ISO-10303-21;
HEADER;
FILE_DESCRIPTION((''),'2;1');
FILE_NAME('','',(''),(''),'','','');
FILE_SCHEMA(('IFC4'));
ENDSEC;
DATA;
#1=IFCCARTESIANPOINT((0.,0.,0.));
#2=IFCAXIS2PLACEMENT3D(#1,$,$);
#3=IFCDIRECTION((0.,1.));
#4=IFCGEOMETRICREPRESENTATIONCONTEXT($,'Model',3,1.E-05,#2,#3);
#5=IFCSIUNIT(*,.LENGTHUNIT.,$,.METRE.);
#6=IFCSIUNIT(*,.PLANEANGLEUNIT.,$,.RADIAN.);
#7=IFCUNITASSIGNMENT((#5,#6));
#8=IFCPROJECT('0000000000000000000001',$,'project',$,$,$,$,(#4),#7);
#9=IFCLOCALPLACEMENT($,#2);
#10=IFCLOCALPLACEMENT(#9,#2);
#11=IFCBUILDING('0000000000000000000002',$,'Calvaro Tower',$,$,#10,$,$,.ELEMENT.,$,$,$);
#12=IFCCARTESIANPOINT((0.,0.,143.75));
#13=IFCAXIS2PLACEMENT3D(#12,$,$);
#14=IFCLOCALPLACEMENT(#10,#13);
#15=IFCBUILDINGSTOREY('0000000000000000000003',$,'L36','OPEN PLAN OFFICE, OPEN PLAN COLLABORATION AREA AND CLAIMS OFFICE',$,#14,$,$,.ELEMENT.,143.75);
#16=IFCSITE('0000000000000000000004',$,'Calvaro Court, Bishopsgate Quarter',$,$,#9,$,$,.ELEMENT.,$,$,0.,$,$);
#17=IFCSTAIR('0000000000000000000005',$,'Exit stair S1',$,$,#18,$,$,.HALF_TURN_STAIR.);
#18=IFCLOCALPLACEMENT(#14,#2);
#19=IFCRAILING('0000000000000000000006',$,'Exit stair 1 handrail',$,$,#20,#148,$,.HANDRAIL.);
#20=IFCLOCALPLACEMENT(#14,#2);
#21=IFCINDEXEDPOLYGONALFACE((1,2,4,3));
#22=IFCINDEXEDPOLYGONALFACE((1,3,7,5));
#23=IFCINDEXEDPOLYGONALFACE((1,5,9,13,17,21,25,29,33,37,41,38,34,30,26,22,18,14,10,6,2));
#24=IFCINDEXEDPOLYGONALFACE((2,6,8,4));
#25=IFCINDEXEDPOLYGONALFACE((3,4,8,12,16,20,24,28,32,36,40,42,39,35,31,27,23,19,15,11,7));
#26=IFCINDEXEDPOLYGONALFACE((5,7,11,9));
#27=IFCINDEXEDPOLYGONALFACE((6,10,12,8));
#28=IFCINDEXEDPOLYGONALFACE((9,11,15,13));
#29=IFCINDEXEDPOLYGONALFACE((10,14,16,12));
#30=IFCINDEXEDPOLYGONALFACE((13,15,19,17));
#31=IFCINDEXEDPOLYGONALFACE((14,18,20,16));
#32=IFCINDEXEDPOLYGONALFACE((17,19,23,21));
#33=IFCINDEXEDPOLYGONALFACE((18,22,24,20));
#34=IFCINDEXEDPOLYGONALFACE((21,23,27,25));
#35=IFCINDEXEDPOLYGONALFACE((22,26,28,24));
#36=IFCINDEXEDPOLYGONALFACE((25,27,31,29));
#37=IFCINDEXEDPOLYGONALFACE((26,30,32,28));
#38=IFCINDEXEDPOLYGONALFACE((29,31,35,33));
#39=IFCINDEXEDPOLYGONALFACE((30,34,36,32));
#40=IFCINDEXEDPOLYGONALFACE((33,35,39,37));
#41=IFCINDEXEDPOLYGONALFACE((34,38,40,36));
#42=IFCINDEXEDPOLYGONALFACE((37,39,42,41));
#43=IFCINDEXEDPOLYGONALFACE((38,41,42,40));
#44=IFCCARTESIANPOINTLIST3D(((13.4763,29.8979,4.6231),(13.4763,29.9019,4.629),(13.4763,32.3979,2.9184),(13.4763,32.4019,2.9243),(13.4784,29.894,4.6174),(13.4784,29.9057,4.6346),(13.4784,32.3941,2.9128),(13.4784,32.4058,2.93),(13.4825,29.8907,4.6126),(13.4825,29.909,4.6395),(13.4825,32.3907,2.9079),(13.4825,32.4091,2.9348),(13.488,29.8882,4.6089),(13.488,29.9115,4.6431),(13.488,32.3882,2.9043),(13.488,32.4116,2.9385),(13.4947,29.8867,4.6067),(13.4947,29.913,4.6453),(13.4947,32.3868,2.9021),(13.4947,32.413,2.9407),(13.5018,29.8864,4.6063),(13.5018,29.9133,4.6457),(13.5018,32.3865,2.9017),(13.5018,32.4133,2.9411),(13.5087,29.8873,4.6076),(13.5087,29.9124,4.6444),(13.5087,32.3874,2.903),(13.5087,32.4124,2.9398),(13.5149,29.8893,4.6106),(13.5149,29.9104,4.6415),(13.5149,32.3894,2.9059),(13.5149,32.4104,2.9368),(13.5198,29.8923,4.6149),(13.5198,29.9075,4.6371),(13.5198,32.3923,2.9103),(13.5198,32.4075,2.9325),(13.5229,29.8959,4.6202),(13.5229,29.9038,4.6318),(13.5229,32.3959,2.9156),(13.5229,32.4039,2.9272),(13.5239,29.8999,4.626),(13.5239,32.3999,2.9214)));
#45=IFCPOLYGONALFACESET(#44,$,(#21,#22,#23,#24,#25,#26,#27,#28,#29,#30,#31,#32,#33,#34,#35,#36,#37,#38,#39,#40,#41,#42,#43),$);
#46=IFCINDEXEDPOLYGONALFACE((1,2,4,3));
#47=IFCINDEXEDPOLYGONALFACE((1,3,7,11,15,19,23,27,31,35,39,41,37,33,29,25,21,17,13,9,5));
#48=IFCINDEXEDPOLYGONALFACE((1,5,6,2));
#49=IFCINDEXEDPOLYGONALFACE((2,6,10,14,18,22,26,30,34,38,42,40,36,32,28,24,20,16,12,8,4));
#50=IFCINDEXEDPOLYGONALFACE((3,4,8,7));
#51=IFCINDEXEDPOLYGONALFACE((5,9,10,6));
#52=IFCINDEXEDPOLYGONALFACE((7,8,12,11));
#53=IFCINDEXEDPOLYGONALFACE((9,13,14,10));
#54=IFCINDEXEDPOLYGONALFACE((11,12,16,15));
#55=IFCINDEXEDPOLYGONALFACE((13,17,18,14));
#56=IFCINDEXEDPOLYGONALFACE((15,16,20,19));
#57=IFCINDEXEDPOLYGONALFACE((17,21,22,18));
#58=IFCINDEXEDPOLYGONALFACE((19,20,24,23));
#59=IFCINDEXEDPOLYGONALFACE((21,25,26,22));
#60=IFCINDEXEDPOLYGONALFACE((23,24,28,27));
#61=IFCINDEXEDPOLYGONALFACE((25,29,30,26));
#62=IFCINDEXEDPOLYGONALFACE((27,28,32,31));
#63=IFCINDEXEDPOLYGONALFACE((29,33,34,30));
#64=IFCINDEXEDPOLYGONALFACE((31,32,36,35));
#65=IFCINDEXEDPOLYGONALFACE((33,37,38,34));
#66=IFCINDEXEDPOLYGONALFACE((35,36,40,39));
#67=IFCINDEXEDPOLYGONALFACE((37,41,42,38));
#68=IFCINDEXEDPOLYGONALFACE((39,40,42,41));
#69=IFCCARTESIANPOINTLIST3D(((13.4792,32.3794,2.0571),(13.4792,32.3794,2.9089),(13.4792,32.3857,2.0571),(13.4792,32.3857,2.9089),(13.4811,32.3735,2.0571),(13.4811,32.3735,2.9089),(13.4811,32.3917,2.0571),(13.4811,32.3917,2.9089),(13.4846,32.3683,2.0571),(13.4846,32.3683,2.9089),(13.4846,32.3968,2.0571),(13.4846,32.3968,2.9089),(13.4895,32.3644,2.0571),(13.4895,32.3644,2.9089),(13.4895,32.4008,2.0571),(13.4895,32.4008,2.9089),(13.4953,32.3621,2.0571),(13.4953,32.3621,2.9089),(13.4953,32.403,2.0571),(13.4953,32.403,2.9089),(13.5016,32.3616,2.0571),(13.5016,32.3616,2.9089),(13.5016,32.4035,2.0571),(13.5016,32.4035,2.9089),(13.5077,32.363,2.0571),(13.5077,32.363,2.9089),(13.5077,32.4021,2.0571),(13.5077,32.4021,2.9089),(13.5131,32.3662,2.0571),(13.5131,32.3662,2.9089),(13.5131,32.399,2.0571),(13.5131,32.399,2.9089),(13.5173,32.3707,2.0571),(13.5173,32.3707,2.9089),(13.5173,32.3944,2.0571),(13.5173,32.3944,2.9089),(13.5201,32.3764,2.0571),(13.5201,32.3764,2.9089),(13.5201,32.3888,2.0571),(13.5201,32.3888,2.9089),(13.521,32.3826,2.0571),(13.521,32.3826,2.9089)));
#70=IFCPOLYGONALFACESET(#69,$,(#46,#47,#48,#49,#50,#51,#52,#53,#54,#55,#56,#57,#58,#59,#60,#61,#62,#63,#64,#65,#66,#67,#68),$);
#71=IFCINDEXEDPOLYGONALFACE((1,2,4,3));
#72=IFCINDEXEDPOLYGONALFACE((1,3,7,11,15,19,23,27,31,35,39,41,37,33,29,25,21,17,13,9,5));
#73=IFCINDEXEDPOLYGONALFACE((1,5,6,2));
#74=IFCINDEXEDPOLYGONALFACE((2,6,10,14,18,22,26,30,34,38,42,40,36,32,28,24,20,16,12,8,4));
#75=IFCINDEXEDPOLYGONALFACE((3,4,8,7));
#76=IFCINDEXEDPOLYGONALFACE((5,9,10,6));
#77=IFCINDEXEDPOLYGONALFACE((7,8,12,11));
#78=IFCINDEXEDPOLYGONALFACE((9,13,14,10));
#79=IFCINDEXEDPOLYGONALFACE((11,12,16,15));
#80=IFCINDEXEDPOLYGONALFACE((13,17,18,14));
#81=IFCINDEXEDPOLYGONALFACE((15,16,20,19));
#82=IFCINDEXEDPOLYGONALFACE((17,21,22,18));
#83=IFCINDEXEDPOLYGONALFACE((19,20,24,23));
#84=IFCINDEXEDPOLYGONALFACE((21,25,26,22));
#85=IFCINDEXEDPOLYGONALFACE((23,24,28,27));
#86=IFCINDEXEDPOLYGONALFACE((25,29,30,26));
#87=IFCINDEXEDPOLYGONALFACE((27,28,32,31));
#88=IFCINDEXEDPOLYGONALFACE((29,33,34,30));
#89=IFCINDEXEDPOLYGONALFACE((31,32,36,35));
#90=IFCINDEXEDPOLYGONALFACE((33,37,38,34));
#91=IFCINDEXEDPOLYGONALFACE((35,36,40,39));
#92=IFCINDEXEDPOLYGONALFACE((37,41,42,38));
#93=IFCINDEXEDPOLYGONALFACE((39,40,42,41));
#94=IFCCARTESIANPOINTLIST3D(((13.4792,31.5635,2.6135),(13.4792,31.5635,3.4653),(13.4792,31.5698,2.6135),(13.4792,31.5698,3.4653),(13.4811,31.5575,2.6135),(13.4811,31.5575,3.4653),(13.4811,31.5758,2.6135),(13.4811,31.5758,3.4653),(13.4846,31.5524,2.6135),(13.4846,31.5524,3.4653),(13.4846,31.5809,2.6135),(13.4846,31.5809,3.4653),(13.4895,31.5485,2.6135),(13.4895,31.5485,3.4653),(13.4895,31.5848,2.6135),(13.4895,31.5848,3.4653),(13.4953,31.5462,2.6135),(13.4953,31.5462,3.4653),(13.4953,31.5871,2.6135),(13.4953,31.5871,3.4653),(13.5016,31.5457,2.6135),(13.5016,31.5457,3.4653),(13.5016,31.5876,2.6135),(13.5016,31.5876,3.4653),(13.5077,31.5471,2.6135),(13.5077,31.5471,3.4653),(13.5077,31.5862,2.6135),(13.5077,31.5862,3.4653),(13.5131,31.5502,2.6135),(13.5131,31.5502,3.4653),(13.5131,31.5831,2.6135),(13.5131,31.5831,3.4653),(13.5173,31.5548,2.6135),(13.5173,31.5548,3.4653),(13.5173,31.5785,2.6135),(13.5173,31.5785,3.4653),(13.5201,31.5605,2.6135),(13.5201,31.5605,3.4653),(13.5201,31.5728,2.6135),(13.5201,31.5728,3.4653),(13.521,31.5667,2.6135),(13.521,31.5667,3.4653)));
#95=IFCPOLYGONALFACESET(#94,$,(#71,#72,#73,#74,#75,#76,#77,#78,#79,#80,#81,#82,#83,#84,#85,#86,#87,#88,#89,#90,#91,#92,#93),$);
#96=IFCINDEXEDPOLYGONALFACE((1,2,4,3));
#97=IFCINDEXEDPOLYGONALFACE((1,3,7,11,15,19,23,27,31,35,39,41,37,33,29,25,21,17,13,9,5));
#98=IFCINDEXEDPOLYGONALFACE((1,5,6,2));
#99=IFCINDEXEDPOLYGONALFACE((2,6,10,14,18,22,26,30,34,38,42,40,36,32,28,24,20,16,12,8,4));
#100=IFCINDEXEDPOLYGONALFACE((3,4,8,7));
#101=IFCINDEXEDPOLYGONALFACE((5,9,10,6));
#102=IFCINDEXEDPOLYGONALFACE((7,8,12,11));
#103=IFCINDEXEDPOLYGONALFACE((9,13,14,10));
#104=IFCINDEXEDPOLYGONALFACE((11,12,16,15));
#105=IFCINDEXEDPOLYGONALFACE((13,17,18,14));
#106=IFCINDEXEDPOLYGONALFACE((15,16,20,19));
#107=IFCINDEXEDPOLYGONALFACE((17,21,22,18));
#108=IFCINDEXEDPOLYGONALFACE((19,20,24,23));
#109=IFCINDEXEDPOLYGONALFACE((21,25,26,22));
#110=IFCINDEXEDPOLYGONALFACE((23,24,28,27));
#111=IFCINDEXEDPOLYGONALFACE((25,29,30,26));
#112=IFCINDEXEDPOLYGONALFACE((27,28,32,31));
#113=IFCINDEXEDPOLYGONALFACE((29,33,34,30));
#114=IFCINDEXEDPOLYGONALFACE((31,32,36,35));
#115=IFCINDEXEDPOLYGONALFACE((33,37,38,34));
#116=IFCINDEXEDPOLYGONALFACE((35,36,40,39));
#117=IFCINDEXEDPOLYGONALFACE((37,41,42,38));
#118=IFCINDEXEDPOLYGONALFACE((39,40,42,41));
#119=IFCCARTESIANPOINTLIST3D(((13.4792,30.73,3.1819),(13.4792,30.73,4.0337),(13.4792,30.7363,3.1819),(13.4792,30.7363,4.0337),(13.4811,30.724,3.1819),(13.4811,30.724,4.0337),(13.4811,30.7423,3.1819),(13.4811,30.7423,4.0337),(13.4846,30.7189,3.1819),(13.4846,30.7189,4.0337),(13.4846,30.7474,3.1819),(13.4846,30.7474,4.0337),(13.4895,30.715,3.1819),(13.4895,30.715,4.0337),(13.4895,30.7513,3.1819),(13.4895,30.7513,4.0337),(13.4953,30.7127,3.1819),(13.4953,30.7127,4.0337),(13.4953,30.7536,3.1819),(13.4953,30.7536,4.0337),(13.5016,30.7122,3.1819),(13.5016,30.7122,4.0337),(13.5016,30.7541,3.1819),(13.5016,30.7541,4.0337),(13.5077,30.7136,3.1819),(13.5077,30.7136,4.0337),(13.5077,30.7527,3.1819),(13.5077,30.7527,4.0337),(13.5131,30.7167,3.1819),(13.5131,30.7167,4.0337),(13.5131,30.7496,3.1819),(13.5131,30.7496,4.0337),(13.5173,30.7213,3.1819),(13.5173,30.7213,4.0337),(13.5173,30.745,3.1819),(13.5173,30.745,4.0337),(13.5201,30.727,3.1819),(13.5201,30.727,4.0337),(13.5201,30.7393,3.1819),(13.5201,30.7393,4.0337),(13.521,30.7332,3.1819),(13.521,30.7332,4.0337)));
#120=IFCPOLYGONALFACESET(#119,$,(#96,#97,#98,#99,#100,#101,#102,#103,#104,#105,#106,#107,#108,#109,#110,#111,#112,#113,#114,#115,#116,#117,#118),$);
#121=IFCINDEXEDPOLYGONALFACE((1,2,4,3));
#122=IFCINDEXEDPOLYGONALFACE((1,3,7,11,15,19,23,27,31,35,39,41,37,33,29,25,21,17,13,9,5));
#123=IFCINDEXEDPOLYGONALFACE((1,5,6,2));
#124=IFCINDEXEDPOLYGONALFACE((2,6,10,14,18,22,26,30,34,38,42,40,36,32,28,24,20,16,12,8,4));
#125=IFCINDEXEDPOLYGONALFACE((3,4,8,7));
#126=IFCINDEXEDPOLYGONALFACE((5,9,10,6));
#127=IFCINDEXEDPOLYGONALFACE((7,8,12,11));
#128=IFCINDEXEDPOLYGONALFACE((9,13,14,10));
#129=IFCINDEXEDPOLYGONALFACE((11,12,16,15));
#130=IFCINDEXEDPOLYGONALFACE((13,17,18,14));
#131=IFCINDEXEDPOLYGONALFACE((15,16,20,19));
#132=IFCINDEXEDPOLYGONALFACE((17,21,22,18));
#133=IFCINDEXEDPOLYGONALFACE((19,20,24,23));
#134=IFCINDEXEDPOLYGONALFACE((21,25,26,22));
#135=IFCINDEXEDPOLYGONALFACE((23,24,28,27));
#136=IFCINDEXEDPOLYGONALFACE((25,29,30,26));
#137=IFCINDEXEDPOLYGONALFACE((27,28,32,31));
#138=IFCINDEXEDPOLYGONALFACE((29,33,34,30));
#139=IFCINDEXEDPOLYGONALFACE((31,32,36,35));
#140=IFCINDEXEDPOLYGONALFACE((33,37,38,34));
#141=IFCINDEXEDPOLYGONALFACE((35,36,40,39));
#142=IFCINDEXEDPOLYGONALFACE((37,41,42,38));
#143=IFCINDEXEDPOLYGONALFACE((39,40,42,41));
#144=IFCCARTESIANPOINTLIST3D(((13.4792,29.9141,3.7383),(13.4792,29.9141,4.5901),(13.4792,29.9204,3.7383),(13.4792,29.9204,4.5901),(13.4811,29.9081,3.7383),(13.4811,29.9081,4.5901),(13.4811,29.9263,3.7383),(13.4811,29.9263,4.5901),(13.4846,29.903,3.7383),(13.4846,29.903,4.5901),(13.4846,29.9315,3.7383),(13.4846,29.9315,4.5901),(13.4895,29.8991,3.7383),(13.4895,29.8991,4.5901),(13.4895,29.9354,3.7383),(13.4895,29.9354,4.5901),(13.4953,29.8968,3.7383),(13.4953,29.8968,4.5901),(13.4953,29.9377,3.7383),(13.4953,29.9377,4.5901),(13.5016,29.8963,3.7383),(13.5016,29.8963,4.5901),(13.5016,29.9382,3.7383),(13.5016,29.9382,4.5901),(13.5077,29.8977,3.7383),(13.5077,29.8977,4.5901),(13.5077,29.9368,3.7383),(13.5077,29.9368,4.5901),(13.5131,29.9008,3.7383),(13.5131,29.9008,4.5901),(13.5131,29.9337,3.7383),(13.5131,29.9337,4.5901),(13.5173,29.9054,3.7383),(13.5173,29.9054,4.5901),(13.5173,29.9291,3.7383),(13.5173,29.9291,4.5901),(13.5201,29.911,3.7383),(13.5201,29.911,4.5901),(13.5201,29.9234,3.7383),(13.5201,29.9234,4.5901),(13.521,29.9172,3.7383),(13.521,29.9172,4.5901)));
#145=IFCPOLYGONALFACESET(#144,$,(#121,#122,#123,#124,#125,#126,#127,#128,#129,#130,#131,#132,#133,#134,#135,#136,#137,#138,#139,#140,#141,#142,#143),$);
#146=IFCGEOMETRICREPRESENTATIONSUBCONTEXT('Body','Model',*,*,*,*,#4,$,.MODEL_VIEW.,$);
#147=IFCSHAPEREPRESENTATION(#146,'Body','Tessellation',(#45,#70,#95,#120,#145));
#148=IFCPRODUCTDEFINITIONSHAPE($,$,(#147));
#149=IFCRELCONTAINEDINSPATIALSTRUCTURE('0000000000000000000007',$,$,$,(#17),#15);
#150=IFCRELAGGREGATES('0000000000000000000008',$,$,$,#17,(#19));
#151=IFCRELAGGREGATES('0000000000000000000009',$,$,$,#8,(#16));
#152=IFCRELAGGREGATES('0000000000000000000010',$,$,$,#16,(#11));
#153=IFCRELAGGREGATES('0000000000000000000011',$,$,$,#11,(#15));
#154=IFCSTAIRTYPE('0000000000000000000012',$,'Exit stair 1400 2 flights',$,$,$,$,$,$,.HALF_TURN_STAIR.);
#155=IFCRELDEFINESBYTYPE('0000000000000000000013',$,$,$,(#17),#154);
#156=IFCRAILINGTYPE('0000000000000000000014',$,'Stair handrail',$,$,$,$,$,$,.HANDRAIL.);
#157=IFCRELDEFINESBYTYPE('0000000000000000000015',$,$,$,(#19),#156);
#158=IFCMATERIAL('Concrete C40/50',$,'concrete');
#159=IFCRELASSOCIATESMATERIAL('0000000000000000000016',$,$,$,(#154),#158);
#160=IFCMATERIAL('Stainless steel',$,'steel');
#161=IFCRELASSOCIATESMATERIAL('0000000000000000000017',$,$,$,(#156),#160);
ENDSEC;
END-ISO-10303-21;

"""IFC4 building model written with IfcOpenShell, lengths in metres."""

from ifc_helpers import new_model, si_unit, direction, frame, origin, origin_2d, place, context, subcontext, project, spatial, circle, extrude, material, type_object, element, aggregate, save


model = new_model("IFC4")

# Units and contexts
model_context = context("Model", 3, precision=1e-05, world=origin(), true_north=direction((0.0, 1.0)))
body_context = subcontext(model_context, "Body", "Model", "MODEL_VIEW")
ifc_project = project(units=[si_unit("LENGTHUNIT", "METRE"), si_unit("PLANEANGLEUNIT", "RADIAN")], contexts=[model_context])

# Site, building, storey
site_placement = place(None, origin())
site = spatial("IfcSite", under=ifc_project, at=site_placement, Name="Calvaro Court, Bishopsgate Quarter", CompositionType="ELEMENT", RefElevation=0.0)
building_placement = place(site_placement, origin())
building = spatial("IfcBuilding", under=site, at=building_placement, Name="Calvaro Tower", CompositionType="ELEMENT")
storey_placement = place(building_placement, frame((0.0, 0.0, 143.75)))
storey = spatial("IfcBuildingStorey", under=building, at=storey_placement, Name="L36", Description="OPEN PLAN OFFICE, OPEN PLAN COLLABORATION AREA AND CLAIMS OFFICE", CompositionType="ELEMENT", Elevation=143.75)

# Stair, railing
ifc_material_1 = material(Name="Concrete C40/50", Category="concrete")
stair_type = type_object("IfcStairType", Name="Exit stair 1400 2 flights", PredefinedType="HALF_TURN_STAIR", material=ifc_material_1)
stair_placement = place(storey_placement, origin())
stair = element("IfcStair", 1, at=stair_placement, inside=storey, type_object=stair_type, Name="Exit stair S1", PredefinedType="HALF_TURN_STAIR")
ifc_material_2 = material(Name="Stainless steel", Category="steel")
railing_type = type_object("IfcRailingType", Name="Stair handrail", PredefinedType="HANDRAIL", material=ifc_material_2)
railing_1_placement = place(storey_placement, frame((13.5, 32.3999, 2.0454)))
railing_1 = element("IfcRailing", 2, at=railing_1_placement, type_object=railing_type, Name="Exit stair 1 handrail", PredefinedType="HANDRAIL", context=body_context, shape_type="SweptSolid", body=[
    extrude(circle(Radius=0.0239, at=origin_2d()), frame((0.0, 0.0, 0.876), z_axis=(0.0, -0.826221, 0.563347), x_axis=(1.0, 0.0, 0.0)), (0.0, 0.0, 1.0), 3.0259),
    extrude(circle(Radius=0.021, at=origin_2d()), frame((0.0, -0.0173, 0.0117)), (0.0, 0.0, 1.0), 0.8518),
    extrude(circle(Radius=0.021, at=origin_2d()), frame((0.0, -0.8333, 0.5681)), (0.0, 0.0, 1.0), 0.8518),
    extrude(circle(Radius=0.021, at=origin_2d()), frame((0.0, -1.6667, 1.1365)), (0.0, 0.0, 1.0), 0.8518),
    extrude(circle(Radius=0.021, at=origin_2d()), frame((0.0, -2.4827, 1.6929)), (0.0, 0.0, 1.0), 0.8518),
])
aggregate(stair, [railing_1])

save(model, "model.ifc")
